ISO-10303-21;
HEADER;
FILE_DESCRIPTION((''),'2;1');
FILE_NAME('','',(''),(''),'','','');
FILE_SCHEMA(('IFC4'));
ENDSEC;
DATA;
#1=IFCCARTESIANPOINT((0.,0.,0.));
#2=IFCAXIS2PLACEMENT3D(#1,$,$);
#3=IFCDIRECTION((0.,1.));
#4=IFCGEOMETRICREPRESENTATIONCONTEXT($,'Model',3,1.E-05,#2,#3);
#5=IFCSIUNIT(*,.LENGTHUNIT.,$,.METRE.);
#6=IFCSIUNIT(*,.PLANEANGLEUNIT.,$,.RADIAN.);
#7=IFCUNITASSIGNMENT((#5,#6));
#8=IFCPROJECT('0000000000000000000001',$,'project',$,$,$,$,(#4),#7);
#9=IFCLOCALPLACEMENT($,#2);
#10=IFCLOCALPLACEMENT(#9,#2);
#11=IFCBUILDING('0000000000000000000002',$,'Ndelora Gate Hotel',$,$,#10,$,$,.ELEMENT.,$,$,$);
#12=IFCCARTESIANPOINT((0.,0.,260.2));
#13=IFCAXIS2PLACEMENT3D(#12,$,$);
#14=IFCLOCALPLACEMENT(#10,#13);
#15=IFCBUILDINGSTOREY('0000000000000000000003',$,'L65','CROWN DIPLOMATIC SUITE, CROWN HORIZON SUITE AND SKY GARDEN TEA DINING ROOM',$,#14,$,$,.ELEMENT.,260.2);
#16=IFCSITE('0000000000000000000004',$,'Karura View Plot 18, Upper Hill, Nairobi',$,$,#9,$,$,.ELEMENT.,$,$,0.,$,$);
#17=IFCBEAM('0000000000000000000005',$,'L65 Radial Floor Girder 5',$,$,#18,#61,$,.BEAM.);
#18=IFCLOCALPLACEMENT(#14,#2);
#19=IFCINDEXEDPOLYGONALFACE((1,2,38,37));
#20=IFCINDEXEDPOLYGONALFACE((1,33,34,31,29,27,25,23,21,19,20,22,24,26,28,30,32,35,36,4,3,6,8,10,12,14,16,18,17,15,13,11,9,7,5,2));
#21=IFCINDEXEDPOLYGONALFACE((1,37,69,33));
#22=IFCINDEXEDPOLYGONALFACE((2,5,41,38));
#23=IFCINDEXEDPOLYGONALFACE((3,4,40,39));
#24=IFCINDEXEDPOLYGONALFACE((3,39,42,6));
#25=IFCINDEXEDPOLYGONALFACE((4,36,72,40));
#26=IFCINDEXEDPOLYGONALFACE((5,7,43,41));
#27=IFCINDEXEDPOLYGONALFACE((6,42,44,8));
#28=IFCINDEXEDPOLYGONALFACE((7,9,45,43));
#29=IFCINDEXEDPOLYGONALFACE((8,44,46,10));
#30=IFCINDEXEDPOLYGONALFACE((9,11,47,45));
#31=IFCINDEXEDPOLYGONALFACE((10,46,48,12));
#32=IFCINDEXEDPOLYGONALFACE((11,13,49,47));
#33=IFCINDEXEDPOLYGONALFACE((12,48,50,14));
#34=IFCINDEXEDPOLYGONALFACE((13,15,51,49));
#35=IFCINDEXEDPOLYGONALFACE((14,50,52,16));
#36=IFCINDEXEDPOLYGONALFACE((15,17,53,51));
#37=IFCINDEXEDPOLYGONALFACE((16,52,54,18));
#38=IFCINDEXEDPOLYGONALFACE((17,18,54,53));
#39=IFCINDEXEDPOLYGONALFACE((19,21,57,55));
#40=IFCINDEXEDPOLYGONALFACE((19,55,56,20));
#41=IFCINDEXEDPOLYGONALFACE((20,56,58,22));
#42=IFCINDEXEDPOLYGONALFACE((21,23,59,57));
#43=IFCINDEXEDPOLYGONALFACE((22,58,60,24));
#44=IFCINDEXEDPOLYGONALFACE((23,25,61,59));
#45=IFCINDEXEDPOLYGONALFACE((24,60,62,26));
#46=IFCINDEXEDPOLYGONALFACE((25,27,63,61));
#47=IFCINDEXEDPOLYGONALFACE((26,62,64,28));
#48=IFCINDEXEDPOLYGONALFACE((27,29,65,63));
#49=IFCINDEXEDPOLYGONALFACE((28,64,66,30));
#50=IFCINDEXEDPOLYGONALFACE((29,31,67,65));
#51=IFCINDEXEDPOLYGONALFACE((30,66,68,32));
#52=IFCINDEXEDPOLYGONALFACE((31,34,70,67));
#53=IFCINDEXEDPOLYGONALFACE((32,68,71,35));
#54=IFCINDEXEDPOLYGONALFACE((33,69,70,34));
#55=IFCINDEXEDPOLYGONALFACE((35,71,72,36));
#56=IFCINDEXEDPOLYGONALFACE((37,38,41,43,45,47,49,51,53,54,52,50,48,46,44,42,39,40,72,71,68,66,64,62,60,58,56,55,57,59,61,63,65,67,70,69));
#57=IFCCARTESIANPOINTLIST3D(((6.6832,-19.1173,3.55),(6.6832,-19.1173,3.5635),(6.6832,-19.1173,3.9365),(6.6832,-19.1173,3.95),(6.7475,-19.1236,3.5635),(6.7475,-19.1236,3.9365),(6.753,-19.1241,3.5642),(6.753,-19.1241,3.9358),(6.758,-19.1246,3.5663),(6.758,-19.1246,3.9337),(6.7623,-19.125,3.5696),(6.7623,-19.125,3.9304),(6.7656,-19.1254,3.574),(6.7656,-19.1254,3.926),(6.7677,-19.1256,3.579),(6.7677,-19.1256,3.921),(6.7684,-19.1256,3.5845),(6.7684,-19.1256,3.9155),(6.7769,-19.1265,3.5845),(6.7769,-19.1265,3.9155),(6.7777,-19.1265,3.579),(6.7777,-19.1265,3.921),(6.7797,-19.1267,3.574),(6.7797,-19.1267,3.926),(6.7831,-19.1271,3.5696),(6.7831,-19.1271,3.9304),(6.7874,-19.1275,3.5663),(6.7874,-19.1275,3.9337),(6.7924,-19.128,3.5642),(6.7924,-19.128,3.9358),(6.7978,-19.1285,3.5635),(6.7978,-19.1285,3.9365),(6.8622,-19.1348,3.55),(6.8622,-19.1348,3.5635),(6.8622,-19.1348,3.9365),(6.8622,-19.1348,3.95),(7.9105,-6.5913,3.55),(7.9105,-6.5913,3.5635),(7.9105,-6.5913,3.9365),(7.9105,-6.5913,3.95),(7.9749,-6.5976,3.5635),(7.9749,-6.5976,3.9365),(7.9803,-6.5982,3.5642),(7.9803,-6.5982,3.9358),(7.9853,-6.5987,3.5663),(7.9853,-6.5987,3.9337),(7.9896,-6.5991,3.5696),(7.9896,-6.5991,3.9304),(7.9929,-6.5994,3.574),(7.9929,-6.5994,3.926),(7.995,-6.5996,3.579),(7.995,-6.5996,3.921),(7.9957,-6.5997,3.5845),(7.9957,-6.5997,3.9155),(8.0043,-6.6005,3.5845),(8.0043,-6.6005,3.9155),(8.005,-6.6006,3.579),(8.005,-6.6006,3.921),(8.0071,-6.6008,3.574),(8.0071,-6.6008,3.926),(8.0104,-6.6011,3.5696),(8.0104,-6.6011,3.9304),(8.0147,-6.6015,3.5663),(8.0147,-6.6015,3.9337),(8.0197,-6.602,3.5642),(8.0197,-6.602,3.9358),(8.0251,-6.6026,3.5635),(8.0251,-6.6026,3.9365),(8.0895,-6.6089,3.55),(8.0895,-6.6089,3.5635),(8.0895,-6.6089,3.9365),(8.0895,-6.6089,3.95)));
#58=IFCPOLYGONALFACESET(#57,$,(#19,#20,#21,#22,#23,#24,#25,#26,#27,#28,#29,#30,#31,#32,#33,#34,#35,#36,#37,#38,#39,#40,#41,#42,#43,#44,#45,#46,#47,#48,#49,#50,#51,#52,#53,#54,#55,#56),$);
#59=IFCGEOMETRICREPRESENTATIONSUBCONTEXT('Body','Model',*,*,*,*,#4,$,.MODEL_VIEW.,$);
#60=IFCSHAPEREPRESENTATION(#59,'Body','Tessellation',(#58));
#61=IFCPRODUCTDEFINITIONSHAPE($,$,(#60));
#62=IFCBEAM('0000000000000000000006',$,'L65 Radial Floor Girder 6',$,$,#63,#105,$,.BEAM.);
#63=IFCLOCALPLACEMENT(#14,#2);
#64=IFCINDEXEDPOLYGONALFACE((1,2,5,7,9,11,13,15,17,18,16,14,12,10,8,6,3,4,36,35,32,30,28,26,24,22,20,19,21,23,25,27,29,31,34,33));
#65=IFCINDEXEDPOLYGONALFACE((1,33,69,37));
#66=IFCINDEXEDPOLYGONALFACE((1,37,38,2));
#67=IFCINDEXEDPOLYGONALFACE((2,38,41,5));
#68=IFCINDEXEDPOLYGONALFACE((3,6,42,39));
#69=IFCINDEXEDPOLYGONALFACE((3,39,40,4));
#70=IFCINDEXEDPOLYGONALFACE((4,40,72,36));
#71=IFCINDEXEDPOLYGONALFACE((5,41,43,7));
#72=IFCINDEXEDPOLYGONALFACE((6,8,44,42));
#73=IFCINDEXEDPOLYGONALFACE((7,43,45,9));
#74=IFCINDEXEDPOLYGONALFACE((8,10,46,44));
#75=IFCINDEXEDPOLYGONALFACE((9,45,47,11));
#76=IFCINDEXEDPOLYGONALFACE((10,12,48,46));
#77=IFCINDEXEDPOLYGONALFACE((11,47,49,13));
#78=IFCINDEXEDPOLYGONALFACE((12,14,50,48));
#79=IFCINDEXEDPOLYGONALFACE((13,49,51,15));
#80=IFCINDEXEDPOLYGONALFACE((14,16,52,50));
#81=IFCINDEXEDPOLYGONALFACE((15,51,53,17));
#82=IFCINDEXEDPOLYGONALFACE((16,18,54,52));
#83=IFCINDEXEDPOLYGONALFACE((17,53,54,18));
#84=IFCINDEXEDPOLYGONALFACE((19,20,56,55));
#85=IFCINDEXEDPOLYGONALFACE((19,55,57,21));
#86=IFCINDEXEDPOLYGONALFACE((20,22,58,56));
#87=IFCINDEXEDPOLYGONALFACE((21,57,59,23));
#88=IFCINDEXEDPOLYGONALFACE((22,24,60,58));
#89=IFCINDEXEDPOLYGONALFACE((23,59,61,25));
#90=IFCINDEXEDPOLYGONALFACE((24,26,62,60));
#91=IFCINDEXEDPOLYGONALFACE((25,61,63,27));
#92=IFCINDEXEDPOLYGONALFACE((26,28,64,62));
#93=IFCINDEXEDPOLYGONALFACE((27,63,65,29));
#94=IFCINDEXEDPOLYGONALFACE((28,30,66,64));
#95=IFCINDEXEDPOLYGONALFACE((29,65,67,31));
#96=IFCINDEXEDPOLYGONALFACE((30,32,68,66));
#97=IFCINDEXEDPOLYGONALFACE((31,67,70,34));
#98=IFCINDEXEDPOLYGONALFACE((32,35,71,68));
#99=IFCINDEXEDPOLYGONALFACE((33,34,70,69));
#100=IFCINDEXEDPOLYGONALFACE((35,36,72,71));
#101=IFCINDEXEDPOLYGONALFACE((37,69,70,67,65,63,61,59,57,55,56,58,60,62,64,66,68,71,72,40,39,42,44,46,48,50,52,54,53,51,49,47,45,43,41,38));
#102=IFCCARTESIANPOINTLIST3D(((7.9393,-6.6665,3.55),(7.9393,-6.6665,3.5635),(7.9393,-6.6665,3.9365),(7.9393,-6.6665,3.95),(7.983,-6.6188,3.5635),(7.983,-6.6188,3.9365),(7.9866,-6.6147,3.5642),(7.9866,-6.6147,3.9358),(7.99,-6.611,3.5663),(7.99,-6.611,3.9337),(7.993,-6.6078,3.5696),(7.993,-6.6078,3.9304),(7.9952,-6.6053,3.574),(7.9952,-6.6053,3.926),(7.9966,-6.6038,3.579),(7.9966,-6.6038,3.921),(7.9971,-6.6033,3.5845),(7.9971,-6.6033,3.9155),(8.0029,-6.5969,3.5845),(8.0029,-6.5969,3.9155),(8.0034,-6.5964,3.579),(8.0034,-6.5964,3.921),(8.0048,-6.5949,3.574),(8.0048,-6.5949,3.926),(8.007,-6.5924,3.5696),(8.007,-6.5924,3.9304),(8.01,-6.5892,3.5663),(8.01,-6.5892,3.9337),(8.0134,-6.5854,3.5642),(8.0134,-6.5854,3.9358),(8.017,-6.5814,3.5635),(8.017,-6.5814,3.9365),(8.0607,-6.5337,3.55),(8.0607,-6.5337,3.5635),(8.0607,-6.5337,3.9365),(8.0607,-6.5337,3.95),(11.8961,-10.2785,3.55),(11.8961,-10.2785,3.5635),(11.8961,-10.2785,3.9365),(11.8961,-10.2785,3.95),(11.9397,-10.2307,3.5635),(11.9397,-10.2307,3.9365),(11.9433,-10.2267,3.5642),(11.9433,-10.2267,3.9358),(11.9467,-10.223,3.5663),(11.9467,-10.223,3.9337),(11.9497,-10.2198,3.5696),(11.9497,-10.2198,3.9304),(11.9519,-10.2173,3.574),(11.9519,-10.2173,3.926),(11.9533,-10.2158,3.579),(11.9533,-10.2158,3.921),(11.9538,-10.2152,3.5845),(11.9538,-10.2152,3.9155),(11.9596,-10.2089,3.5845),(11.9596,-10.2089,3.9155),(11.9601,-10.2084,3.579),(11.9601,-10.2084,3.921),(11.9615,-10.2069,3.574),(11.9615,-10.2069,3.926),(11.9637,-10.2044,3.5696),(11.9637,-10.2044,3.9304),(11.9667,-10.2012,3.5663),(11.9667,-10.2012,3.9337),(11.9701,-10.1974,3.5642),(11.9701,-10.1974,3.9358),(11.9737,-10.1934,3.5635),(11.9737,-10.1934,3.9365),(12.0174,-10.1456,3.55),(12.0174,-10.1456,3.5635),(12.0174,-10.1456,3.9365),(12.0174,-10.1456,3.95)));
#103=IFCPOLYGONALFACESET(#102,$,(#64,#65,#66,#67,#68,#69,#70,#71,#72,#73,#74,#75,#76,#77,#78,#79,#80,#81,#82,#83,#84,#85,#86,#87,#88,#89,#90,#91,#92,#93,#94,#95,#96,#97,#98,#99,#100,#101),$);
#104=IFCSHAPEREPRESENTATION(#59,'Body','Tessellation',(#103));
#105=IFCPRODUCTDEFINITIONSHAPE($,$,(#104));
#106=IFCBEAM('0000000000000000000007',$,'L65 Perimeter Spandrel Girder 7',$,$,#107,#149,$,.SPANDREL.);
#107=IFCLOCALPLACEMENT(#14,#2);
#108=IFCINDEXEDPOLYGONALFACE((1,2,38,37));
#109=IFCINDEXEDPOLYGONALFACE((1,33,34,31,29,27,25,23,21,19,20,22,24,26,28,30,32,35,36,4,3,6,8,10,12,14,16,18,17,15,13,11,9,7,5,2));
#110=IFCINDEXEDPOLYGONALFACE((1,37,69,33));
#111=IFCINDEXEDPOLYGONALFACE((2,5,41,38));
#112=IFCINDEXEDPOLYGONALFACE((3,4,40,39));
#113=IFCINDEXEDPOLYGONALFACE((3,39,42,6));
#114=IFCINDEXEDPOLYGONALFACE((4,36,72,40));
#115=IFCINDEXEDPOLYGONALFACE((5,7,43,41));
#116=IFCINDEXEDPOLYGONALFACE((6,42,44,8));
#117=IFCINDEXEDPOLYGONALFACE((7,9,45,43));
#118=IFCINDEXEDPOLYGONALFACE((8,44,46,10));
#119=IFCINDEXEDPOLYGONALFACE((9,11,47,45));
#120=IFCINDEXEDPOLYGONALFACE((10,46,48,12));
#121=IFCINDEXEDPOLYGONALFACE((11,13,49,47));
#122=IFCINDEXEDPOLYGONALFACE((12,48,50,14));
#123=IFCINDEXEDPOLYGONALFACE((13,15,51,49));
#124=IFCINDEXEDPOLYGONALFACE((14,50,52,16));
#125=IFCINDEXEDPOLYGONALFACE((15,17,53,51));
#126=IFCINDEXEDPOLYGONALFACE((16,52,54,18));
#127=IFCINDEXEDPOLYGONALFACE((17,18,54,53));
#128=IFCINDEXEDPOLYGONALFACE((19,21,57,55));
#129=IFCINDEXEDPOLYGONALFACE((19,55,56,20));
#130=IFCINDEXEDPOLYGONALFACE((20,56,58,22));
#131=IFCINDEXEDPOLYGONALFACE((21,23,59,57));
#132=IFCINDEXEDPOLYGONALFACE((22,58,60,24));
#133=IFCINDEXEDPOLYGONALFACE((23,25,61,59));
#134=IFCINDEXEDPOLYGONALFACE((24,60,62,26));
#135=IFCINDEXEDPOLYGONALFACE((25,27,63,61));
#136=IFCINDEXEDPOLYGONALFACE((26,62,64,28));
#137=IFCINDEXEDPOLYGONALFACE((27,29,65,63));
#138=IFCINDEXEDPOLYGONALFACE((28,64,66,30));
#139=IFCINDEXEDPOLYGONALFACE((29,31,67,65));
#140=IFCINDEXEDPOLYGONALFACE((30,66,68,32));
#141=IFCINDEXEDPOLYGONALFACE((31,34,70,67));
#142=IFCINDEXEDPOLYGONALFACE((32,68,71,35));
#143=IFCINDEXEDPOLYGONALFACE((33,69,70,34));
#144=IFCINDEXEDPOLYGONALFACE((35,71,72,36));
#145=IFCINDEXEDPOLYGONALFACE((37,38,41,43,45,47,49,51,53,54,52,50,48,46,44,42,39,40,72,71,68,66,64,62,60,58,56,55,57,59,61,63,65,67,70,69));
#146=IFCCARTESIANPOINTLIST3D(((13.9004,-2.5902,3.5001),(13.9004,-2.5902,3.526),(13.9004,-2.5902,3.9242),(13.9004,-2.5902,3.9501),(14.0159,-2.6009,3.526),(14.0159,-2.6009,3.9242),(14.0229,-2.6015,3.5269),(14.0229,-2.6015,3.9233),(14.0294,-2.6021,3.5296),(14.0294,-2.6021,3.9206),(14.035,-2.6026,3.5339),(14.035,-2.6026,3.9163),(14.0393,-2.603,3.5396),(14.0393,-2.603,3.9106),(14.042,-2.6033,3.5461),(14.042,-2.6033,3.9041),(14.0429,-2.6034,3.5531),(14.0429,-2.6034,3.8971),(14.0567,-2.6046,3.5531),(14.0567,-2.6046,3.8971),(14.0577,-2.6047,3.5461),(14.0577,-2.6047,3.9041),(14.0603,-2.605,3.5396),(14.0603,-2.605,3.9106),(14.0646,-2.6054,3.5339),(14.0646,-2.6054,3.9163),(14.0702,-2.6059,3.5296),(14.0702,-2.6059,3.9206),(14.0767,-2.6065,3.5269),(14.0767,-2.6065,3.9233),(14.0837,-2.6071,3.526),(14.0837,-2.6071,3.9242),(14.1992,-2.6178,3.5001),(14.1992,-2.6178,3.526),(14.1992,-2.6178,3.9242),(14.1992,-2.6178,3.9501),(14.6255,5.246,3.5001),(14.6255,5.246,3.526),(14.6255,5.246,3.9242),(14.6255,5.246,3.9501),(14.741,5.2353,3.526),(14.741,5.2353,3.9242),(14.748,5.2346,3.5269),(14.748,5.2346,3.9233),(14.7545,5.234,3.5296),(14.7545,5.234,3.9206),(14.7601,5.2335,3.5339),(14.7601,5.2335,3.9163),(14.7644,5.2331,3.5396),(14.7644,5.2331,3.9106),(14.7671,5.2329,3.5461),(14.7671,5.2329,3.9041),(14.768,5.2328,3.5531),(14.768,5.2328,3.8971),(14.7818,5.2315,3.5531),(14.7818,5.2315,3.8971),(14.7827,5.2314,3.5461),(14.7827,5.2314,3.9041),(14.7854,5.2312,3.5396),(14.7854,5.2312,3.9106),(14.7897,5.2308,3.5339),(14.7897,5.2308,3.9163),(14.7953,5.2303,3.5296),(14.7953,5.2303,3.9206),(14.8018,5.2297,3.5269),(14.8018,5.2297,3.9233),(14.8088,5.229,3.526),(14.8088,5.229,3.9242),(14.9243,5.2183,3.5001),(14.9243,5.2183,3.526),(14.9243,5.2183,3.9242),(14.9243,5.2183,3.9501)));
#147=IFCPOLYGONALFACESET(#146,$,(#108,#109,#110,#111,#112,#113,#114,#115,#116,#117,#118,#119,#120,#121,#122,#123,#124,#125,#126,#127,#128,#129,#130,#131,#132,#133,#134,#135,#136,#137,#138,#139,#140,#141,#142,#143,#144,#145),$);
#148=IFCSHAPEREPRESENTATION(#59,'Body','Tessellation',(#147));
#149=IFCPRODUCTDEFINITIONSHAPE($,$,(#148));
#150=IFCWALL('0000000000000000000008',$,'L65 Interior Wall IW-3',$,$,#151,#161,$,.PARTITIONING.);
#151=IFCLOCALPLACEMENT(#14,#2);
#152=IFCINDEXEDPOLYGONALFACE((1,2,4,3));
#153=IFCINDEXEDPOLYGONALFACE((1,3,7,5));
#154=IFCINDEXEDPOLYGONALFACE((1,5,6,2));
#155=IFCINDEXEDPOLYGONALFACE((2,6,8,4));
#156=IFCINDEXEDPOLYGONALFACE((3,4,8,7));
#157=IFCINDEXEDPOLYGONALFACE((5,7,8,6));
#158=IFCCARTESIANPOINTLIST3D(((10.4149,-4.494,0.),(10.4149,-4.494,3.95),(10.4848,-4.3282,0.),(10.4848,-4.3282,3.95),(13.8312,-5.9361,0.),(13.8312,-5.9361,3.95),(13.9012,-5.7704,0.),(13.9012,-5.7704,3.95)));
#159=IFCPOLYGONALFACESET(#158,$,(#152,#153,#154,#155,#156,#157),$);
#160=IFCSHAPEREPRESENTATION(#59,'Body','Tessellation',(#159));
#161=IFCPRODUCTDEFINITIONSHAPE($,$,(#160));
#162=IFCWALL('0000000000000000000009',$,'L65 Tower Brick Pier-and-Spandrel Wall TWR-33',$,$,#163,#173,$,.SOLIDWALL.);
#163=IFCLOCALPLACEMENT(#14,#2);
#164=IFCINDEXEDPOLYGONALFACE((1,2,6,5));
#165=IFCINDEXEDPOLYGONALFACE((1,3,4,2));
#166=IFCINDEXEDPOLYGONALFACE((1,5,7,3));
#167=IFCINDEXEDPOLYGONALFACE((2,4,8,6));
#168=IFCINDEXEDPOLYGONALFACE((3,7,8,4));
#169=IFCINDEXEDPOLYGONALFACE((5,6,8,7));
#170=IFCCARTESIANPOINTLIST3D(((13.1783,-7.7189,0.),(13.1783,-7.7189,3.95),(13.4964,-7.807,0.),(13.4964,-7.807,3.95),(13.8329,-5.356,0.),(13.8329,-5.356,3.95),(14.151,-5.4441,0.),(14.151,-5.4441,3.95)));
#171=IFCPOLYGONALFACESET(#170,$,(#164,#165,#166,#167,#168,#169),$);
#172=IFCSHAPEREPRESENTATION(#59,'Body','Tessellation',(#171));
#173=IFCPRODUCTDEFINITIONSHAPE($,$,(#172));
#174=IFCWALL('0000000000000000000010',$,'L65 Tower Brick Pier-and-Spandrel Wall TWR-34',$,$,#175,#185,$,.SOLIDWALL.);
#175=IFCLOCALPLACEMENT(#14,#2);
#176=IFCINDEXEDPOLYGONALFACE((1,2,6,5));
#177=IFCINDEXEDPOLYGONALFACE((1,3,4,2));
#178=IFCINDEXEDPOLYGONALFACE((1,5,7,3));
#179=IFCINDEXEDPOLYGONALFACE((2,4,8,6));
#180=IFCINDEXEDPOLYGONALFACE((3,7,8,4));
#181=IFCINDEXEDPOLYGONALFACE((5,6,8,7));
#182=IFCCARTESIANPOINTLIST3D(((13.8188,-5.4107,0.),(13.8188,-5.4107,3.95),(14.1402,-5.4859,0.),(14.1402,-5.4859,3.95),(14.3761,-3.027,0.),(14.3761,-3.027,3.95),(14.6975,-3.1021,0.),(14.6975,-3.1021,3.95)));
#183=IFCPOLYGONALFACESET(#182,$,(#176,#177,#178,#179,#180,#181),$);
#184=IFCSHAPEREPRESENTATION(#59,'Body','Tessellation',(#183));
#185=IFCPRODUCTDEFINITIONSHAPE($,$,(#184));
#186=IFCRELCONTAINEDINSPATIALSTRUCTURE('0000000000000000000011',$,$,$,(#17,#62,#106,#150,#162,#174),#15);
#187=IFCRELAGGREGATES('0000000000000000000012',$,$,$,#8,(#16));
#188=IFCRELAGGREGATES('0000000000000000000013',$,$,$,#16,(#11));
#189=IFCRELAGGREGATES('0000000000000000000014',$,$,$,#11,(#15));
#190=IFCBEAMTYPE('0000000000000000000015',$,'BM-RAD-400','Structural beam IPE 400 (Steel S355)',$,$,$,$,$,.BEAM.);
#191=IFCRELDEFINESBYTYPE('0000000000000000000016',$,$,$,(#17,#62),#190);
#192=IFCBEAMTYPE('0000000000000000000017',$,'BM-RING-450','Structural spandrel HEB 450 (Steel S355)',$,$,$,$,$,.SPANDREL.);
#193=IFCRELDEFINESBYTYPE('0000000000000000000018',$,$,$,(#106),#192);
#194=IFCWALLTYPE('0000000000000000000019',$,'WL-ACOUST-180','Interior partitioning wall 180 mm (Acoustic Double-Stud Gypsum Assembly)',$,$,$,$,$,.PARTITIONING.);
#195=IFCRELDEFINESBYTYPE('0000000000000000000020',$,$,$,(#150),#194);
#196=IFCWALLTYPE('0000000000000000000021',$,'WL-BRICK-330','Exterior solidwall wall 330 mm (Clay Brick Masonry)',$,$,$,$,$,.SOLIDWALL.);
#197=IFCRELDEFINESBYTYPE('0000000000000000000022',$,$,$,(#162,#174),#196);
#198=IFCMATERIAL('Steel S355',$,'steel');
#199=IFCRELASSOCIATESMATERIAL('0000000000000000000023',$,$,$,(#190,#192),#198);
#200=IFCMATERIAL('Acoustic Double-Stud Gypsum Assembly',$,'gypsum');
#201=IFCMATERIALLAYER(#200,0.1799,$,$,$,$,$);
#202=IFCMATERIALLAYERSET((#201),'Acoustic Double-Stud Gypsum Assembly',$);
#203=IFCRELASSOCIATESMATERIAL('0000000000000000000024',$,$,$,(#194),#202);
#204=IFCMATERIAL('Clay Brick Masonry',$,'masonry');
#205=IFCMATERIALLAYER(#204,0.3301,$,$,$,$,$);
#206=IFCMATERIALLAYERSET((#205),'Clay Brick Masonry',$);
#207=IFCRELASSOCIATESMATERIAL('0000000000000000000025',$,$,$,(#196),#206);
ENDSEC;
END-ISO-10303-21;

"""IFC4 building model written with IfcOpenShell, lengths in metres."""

from ifc_helpers import new_model, si_unit, direction, frame, frame_2d, origin, origin_2d, place, context, subcontext, project, spatial, rectangle, i_section, extrude, material, layer, layer_set, material_profile, profile_set, type_object, element, save


model = new_model("IFC4")

# Units and contexts
model_context = context("Model", 3, precision=1e-05, world=origin(), true_north=direction((0.0, 1.0)))
body_context = subcontext(model_context, "Body", "Model", "MODEL_VIEW")
ifc_project = project(units=[si_unit("LENGTHUNIT", "METRE"), si_unit("PLANEANGLEUNIT", "RADIAN")], contexts=[model_context])

# Site, building, storey
site_placement = place(None, origin())
site = spatial("IfcSite", under=ifc_project, at=site_placement, Name="Karura View Plot 18, Upper Hill, Nairobi", CompositionType="ELEMENT", RefElevation=0.0)
building_placement = place(site_placement, origin())
building = spatial("IfcBuilding", under=site, at=building_placement, Name="Ndelora Gate Hotel", CompositionType="ELEMENT")
storey_placement = place(building_placement, frame((0.0, 0.0, 260.2)))
storey = spatial("IfcBuildingStorey", under=building, at=storey_placement, Name="L65", Description="CROWN DIPLOMATIC SUITE, CROWN HORIZON SUITE AND SKY GARDEN TEA DINING ROOM", CompositionType="ELEMENT", Elevation=260.2)

# Beams
ifc_material_1 = material(Name="Steel S355", Category="steel")
ifc_material_profile_1 = material_profile(ifc_material_1, i_section(OverallWidth=0.1799, OverallDepth=0.3999, WebThickness=0.0085, FlangeThickness=0.0134, FilletRadius=0.021, at=origin_2d()), Name="IPE 400")
ifc_profile_set_1 = profile_set([ifc_material_profile_1], Name="Steel S355")
beam_type_1 = type_object("IfcBeamType", Name="BM-RAD-400", Description="Structural beam IPE 400 (Steel S355)", PredefinedType="BEAM", material=ifc_profile_set_1)
beam_1_placement = place(storey_placement, frame((8.0, -6.6001, 3.75), z_axis=(-0.097514, -0.995234, 0.0), x_axis=(0.995234, -0.097514, 0.0)))
element("IfcBeam", 1, at=beam_1_placement, inside=storey, type_object=beam_type_1, Name="L65 Radial Floor Girder 5", PredefinedType="BEAM", context=body_context, shape_type="SweptSolid", body=[
    extrude(i_section(OverallWidth=0.1799, OverallDepth=0.3999, WebThickness=0.0085, FlangeThickness=0.0134, FilletRadius=0.021, at=origin_2d()), origin(), (0.0, 0.0, 1.0), 12.5859),
])
beam_2_placement = place(storey_placement, frame((8.0, -6.6001, 3.75), z_axis=(0.738547, -0.674202, 0.0), x_axis=(0.674202, 0.738547, 0.0)))
element("IfcBeam", 2, at=beam_2_placement, inside=storey, type_object=beam_type_1, Name="L65 Radial Floor Girder 6", PredefinedType="BEAM", context=body_context, shape_type="SweptSolid", body=[
    extrude(i_section(OverallWidth=0.1799, OverallDepth=0.3999, WebThickness=0.0085, FlangeThickness=0.0134, FilletRadius=0.021, at=origin_2d()), origin(), (0.0, 0.0, 1.0), 5.3574),
])
ifc_material_profile_2 = material_profile(ifc_material_1, i_section(OverallWidth=0.3, OverallDepth=0.45, WebThickness=0.0139, FlangeThickness=0.0259, FilletRadius=0.0271, at=origin_2d()), Name="HEB 450")
ifc_profile_set_2 = profile_set([ifc_material_profile_2], Name="Steel S355")
beam_type_2 = type_object("IfcBeamType", Name="BM-RING-450", Description="Structural spandrel HEB 450 (Steel S355)", PredefinedType="SPANDREL", material=ifc_profile_set_2)
beam_3_placement = place(storey_placement, frame((14.0498, -2.604, 3.7251), z_axis=(0.092138, 0.995746, 0.0), x_axis=(-0.995746, 0.092138, 0.0)))
element("IfcBeam", 3, at=beam_3_placement, inside=storey, type_object=beam_type_2, Name="L65 Perimeter Spandrel Girder 7", PredefinedType="SPANDREL", context=body_context, shape_type="SweptSolid", body=[
    extrude(i_section(OverallWidth=0.3, OverallDepth=0.45, WebThickness=0.0139, FlangeThickness=0.0259, FilletRadius=0.0271, at=origin_2d()), origin(), (0.0, 0.0, 1.0), 7.8696),
])

# Walls
ifc_material_2 = material(Name="Acoustic Double-Stud Gypsum Assembly", Category="gypsum")
ifc_layer_1 = layer(ifc_material_2, 0.1799)
ifc_layer_set_1 = layer_set([ifc_layer_1], Name="Acoustic Double-Stud Gypsum Assembly")
wall_type_1 = type_object("IfcWallType", Name="WL-ACOUST-180", Description="Interior partitioning wall 180 mm (Acoustic Double-Stud Gypsum Assembly)", PredefinedType="PARTITIONING", material=ifc_layer_set_1)
wall_1_placement = place(storey_placement, frame((10.45, -4.4111, 0.0), z_axis=(0.0, 0.0, 1.0), x_axis=(0.921277, -0.388907, 0.0)))
element("IfcWall", 4, at=wall_1_placement, inside=storey, type_object=wall_type_1, Name="L65 Interior Wall IW-3", PredefinedType="PARTITIONING", context=body_context, shape_type="SweptSolid", body=[
    extrude(rectangle(XDim=3.7083, YDim=0.1799, at=frame_2d((1.854, 0.0))), origin(), (0.0, 0.0, 1.0), 3.95),
])
ifc_material_3 = material(Name="Clay Brick Masonry", Category="masonry")
ifc_layer_2 = layer(ifc_material_3, 0.3301)
ifc_layer_set_2 = layer_set([ifc_layer_2], Name="Clay Brick Masonry")
wall_type_2 = type_object("IfcWallType", Name="WL-BRICK-330", Description="Exterior solidwall wall 330 mm (Clay Brick Masonry)", PredefinedType="SOLIDWALL", material=ifc_layer_set_2)
wall_2_placement = place(storey_placement, frame((13.9919, -5.3999, 0.0), z_axis=(0.0, 0.0, 1.0), x_axis=(-0.26694, -0.963713, 0.0)))
element("IfcWall", 5, at=wall_2_placement, inside=storey, type_object=wall_type_2, Name="L65 Tower Brick Pier-and-Spandrel Wall TWR-33", PredefinedType="SOLIDWALL", context=body_context, shape_type="SweptSolid", body=[
    extrude(rectangle(XDim=2.4519, YDim=0.3301, at=frame_2d((1.2261, 0.0))), origin(), (0.0, 0.0, 1.0), 3.95),
])
wall_3_placement = place(storey_placement, frame((14.5369, -3.0645, 0.0), z_axis=(0.0, 0.0, 1.0), x_axis=(-0.227677, -0.973737, 0.0)))
element("IfcWall", 6, at=wall_3_placement, inside=storey, type_object=wall_type_2, Name="L65 Tower Brick Pier-and-Spandrel Wall TWR-34", PredefinedType="SOLIDWALL", context=body_context, shape_type="SweptSolid", body=[
    extrude(rectangle(XDim=2.448, YDim=0.3301, at=frame_2d((1.2241, 0.0))), origin(), (0.0, 0.0, 1.0), 3.95),
])

save(model, "model.ifc")
